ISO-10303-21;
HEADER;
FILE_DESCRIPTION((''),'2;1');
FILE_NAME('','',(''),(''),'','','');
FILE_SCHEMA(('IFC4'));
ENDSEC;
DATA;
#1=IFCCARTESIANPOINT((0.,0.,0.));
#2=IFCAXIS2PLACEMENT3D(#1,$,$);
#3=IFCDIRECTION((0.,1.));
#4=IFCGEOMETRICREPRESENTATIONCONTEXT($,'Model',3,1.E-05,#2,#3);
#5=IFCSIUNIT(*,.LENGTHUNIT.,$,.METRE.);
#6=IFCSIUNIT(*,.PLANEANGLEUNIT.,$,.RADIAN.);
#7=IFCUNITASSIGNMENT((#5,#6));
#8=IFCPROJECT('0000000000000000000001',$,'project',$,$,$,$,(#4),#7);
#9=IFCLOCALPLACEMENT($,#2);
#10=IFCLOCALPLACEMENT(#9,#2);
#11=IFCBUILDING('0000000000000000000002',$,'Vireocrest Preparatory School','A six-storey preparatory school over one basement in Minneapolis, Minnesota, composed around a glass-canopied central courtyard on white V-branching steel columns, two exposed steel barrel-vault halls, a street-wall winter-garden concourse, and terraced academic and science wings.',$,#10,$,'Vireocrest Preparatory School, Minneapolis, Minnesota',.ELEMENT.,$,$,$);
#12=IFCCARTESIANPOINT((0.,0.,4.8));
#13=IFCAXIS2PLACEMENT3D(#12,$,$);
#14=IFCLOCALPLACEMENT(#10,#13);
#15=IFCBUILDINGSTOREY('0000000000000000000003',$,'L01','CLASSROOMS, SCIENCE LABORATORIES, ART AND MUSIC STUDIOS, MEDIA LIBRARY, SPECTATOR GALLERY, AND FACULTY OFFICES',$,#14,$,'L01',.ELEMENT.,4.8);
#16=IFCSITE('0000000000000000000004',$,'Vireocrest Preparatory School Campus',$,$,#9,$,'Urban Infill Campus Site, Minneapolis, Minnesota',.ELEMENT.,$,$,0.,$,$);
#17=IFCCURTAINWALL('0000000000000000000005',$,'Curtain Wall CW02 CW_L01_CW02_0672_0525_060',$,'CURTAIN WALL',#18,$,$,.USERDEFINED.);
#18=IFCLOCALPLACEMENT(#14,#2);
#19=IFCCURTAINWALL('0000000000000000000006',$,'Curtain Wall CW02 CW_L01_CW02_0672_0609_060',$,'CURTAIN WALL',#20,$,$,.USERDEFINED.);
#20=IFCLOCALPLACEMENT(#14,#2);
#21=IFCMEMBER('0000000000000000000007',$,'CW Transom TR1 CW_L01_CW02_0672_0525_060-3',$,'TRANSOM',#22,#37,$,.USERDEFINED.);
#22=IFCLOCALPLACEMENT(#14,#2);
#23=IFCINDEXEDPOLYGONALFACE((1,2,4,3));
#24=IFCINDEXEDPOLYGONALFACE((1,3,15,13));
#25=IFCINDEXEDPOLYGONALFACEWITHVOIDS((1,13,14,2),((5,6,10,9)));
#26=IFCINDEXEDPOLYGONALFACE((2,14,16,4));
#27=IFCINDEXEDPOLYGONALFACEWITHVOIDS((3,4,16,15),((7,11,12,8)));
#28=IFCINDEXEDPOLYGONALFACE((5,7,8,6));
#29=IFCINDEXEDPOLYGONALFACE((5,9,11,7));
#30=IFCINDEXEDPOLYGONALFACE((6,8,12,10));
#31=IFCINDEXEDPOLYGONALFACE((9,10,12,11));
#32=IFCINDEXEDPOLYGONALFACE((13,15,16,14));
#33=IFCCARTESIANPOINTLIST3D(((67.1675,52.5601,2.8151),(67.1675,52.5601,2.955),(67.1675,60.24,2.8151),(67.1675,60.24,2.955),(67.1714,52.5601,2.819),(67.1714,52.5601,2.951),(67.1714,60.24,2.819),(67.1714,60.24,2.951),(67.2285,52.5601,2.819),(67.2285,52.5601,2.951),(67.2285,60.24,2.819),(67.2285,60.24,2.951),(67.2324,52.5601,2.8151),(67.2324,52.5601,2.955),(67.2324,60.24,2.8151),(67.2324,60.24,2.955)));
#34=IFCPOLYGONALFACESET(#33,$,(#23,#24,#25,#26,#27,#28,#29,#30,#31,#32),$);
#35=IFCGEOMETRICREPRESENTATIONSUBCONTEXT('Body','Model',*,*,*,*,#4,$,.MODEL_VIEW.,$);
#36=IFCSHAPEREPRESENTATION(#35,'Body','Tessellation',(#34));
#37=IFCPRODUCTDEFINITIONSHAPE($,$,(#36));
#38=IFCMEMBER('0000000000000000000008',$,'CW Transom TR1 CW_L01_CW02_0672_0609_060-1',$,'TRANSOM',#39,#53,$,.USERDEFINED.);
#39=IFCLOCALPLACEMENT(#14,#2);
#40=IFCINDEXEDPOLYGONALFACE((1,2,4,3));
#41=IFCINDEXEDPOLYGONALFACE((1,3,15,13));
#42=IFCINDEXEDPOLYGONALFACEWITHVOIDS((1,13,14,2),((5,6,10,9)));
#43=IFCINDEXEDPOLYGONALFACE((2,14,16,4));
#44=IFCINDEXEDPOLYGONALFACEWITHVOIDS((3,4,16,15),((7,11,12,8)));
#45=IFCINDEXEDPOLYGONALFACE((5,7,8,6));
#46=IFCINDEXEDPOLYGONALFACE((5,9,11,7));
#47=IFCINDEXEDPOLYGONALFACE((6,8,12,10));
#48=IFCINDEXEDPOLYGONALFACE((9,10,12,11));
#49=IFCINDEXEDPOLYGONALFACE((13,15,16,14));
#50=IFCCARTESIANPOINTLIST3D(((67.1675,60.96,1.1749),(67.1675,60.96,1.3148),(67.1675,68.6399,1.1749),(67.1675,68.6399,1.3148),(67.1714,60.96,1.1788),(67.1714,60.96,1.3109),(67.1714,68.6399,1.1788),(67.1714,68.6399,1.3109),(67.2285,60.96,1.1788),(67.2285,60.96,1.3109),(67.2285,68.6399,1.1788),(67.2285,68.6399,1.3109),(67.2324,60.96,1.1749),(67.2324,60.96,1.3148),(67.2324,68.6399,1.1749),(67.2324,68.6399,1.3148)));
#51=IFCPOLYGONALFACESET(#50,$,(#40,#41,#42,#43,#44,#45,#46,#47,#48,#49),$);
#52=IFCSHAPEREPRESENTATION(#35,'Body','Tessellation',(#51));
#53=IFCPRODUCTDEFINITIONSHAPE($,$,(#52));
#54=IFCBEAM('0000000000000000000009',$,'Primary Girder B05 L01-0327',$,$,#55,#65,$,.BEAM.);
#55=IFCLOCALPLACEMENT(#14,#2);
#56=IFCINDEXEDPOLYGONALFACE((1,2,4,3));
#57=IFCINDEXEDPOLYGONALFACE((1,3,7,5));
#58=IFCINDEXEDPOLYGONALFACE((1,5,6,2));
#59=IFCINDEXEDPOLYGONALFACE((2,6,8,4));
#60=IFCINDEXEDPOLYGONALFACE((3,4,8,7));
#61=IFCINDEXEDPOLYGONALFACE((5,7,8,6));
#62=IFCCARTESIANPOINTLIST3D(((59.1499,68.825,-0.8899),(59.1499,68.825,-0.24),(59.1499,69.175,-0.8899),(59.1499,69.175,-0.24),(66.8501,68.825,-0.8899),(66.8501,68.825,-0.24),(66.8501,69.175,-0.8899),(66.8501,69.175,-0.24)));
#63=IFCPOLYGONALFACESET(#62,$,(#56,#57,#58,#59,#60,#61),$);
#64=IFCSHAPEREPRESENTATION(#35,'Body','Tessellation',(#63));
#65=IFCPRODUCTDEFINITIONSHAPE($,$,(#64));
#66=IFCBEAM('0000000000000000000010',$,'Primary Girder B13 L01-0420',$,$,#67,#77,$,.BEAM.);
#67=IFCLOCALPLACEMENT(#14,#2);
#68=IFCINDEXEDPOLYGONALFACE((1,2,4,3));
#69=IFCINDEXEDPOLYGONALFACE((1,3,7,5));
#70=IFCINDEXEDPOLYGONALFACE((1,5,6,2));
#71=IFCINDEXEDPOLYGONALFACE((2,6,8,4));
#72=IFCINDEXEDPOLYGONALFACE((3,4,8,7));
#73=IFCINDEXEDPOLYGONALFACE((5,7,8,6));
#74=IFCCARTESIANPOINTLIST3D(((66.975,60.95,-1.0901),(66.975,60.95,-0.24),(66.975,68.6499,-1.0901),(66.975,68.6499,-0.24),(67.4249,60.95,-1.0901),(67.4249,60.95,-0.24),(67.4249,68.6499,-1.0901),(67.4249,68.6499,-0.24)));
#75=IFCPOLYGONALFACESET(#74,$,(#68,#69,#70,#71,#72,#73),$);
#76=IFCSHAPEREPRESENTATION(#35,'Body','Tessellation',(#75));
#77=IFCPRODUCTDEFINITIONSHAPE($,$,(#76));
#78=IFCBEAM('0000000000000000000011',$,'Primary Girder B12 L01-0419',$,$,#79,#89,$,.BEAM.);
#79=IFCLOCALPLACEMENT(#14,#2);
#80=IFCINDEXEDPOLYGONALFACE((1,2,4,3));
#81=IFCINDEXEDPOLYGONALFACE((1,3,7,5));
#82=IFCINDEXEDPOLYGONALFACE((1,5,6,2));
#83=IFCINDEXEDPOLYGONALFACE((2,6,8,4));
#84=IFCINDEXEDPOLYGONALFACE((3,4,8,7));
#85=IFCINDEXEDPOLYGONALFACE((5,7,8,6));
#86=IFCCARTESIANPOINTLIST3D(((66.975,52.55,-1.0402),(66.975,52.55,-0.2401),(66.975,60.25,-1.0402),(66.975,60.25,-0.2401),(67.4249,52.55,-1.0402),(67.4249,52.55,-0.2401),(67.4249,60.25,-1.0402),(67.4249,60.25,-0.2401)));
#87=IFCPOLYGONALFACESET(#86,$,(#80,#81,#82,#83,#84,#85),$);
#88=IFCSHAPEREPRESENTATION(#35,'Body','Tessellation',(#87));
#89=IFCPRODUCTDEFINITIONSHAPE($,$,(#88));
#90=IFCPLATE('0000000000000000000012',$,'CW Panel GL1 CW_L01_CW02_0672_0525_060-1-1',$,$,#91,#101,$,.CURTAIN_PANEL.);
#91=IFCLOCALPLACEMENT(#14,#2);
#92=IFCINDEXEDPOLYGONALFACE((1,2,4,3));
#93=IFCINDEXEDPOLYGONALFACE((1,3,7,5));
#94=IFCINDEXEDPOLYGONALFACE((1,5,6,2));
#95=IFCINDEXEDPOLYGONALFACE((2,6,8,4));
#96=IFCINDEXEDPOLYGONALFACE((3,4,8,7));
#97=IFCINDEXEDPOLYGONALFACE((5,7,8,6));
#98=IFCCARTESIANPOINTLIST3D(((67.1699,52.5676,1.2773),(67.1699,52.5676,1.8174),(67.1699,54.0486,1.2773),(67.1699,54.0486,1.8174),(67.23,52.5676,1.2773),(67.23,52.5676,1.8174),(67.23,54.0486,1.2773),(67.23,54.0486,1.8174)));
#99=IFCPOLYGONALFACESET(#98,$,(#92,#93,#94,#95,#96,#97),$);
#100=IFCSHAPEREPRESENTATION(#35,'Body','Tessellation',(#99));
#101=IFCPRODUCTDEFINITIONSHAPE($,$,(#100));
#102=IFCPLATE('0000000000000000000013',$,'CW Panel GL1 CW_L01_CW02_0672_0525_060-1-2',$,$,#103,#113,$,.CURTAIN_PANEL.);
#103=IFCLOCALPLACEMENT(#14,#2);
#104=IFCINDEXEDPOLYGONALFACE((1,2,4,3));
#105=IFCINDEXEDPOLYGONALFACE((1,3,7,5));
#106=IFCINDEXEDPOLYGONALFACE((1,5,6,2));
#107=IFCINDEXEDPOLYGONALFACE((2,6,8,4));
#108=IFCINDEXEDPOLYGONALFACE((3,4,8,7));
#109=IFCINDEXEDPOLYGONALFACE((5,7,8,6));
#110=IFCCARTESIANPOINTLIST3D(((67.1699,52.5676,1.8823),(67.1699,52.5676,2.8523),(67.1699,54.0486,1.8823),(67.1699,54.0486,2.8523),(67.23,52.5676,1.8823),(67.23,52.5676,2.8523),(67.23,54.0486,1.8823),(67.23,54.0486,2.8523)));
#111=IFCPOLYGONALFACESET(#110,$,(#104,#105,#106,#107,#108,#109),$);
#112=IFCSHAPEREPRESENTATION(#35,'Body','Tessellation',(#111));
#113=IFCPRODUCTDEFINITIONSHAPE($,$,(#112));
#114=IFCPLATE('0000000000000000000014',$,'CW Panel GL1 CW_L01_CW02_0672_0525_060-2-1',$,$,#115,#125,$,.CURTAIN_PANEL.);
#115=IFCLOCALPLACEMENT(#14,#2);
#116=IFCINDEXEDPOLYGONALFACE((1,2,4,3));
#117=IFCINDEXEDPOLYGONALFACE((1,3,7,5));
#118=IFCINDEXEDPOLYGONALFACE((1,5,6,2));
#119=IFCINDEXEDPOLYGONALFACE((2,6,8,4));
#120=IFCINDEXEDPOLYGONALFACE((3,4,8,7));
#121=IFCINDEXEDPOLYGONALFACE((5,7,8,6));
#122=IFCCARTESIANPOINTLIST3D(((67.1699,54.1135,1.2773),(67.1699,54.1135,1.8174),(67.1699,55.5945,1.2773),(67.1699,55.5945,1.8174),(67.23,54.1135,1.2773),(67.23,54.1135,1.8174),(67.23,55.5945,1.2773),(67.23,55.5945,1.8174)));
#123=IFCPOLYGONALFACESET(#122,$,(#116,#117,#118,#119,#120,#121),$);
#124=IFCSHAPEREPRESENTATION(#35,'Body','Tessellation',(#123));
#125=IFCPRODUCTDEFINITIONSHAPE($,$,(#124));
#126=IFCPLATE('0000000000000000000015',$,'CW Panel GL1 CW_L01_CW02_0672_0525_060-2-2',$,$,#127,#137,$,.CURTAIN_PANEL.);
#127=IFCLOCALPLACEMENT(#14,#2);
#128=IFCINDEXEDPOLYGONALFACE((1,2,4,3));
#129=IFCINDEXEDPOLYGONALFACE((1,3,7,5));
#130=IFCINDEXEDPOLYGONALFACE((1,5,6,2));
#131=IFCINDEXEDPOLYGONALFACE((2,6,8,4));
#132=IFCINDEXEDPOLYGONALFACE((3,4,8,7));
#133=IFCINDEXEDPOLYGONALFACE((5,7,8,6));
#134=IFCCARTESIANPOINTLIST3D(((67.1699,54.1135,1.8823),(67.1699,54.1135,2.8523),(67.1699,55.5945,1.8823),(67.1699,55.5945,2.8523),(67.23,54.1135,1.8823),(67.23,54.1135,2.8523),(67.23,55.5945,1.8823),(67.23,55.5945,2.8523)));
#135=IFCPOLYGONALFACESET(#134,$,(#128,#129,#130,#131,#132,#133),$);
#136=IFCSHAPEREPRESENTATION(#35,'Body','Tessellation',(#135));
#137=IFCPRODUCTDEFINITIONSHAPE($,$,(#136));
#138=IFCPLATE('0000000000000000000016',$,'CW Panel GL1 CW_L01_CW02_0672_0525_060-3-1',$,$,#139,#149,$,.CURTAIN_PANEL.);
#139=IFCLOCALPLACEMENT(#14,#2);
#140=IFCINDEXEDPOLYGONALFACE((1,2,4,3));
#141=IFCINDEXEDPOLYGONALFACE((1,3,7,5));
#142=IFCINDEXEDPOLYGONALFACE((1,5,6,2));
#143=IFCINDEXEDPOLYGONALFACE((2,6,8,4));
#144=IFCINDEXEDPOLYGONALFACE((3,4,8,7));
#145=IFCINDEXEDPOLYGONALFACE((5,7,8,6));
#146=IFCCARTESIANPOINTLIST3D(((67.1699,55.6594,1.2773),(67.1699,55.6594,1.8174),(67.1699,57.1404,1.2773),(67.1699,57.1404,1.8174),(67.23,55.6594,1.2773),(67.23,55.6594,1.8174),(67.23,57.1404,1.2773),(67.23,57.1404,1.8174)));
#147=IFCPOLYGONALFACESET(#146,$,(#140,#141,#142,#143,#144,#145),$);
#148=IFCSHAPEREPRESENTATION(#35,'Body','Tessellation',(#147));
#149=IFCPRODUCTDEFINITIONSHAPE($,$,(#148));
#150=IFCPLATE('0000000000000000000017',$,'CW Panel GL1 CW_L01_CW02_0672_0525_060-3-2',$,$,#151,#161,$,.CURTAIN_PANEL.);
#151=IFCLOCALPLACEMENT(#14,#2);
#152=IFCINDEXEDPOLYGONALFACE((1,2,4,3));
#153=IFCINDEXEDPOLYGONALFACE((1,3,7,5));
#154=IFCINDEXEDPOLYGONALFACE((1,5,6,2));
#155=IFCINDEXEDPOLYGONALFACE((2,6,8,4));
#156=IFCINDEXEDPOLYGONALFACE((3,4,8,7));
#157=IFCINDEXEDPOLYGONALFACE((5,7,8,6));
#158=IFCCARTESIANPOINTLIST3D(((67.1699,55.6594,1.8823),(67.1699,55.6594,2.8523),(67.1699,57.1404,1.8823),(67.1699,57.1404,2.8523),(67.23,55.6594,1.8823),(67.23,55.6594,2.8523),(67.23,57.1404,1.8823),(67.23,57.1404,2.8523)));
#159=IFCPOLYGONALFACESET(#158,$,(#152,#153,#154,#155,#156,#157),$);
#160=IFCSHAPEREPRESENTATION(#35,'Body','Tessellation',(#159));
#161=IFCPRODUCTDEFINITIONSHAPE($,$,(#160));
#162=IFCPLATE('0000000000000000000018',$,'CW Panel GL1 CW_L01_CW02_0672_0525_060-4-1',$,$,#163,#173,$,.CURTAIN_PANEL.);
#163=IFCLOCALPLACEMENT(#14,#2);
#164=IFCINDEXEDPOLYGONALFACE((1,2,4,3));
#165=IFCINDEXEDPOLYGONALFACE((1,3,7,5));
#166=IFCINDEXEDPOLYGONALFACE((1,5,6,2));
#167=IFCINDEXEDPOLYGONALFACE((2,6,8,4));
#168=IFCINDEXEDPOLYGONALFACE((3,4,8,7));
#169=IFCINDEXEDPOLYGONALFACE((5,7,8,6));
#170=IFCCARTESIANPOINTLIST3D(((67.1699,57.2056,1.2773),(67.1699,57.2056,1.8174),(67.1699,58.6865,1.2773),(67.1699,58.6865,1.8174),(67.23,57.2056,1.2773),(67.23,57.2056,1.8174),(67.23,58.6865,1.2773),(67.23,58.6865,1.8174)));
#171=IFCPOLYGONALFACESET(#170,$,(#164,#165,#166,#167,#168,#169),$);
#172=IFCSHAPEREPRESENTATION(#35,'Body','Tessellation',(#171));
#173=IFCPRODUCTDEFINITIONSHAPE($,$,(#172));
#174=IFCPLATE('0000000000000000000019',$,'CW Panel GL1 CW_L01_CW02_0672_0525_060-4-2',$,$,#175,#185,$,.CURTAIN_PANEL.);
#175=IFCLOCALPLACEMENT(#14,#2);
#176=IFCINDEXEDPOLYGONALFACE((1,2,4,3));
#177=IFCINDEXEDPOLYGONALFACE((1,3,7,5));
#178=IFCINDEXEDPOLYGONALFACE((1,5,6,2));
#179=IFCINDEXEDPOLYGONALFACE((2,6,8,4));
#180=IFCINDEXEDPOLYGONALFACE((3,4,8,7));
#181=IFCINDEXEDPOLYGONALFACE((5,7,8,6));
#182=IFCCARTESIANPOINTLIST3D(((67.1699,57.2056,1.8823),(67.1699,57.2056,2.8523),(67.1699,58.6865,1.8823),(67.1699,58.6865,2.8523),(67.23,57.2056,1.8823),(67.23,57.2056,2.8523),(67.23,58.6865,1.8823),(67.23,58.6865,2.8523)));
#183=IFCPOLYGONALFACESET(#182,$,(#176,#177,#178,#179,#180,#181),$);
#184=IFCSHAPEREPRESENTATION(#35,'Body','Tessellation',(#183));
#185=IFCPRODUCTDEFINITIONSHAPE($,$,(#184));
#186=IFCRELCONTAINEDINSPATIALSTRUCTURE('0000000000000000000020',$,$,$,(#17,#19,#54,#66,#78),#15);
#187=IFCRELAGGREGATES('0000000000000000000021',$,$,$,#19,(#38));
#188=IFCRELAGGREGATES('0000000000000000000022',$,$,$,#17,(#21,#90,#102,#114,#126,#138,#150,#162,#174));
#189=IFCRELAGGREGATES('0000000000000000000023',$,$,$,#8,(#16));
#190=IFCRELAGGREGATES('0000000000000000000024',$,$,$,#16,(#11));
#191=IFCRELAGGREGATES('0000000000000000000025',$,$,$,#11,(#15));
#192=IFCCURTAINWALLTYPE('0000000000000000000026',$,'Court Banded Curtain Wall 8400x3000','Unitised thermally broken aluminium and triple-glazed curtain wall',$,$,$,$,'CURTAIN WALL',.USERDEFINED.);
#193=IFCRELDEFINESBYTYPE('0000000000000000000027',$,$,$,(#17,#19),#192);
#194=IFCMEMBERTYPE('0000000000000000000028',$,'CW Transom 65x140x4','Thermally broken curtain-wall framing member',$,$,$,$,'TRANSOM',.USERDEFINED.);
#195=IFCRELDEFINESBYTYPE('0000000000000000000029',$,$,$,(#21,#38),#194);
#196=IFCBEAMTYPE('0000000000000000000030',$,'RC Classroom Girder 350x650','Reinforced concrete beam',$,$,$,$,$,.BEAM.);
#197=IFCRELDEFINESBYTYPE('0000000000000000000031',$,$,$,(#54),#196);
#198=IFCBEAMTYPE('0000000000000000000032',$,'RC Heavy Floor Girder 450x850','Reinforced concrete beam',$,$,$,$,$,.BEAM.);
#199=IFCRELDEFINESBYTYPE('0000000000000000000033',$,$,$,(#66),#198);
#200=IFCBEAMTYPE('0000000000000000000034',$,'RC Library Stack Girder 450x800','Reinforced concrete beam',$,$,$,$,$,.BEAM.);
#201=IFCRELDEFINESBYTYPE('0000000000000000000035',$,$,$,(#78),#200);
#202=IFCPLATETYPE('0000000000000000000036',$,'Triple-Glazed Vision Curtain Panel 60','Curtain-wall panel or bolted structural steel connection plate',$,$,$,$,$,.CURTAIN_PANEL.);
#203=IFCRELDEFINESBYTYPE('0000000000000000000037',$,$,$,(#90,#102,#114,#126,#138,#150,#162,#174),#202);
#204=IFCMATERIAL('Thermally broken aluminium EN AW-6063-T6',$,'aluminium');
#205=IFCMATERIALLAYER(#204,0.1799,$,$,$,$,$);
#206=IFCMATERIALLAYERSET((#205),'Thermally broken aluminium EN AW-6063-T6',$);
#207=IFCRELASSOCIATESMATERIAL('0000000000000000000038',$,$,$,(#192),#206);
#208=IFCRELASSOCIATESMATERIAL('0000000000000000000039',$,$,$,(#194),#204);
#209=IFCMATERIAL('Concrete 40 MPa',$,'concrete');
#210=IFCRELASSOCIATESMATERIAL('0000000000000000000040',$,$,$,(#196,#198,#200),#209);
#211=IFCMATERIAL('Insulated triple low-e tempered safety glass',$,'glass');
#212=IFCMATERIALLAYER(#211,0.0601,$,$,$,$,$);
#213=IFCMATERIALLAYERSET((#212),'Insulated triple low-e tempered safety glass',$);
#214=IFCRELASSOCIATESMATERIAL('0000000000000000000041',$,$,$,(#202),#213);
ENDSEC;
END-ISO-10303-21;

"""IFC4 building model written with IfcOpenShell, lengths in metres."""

from ifc_helpers import new_model, si_unit, direction, frame, origin, origin_2d, place, context, subcontext, project, spatial, rectangle, hollow_rectangle, extrude, material, layer, layer_set, material_profile, profile_set, type_object, element, aggregate, save


model = new_model("IFC4")

# Units and contexts
model_context = context("Model", 3, precision=1e-05, world=origin(), true_north=direction((0.0, 1.0)))
body_context = subcontext(model_context, "Body", "Model", "MODEL_VIEW")
ifc_project = project(units=[si_unit("LENGTHUNIT", "METRE"), si_unit("PLANEANGLEUNIT", "RADIAN")], contexts=[model_context])

# Site, building, storey
site_placement = place(None, origin())
site = spatial("IfcSite", under=ifc_project, at=site_placement, Name="Vireocrest Preparatory School Campus", LongName="Urban Infill Campus Site, Minneapolis, Minnesota", CompositionType="ELEMENT", RefElevation=0.0)
building_placement = place(site_placement, origin())
building = spatial("IfcBuilding", under=site, at=building_placement, Name="Vireocrest Preparatory School", Description="A six-storey preparatory school over one basement in Minneapolis, Minnesota, composed around a glass-canopied central courtyard on white V-branching steel columns, two exposed steel barrel-vault halls, a street-wall winter-garden concourse, and terraced academic and science wings.", LongName="Vireocrest Preparatory School, Minneapolis, Minnesota", CompositionType="ELEMENT")
storey_placement = place(building_placement, frame((0.0, 0.0, 4.8)))
storey = spatial("IfcBuildingStorey", under=building, at=storey_placement, Name="L01", Description="CLASSROOMS, SCIENCE LABORATORIES, ART AND MUSIC STUDIOS, MEDIA LIBRARY, SPECTATOR GALLERY, AND FACULTY OFFICES", LongName="L01", CompositionType="ELEMENT", Elevation=4.8)

# Curtain wall
ifc_material_1 = material(Name="Thermally broken aluminium EN AW-6063-T6", Category="aluminium")
ifc_layer_1 = layer(ifc_material_1, 0.1799)
ifc_layer_set_1 = layer_set([ifc_layer_1], Name="Thermally broken aluminium EN AW-6063-T6")
curtain_wall_type = type_object("IfcCurtainWallType", Name="Court Banded Curtain Wall 8400x3000", Description="Unitised thermally broken aluminium and triple-glazed curtain wall", ElementType="CURTAIN WALL", PredefinedType="USERDEFINED", material=ifc_layer_set_1)
curtain_wall_1_placement = place(storey_placement, origin())
curtain_wall_1 = element("IfcCurtainWall", 1, at=curtain_wall_1_placement, inside=storey, type_object=curtain_wall_type, Name="Curtain Wall CW02 CW_L01_CW02_0672_0525_060", ObjectType="CURTAIN WALL", PredefinedType="USERDEFINED")

# Curtain wall
curtain_wall_2_placement = place(storey_placement, origin())
curtain_wall_2 = element("IfcCurtainWall", 2, at=curtain_wall_2_placement, inside=storey, type_object=curtain_wall_type, Name="Curtain Wall CW02 CW_L01_CW02_0672_0609_060", ObjectType="CURTAIN WALL", PredefinedType="USERDEFINED")

# Members
ifc_material_profile_1 = material_profile(ifc_material_1, hollow_rectangle(XDim=0.0649, YDim=0.1399, WallThickness=0.0039, at=origin_2d()), Name="ALU 65x140x4")
ifc_profile_set_1 = profile_set([ifc_material_profile_1], Name="Thermally broken aluminium EN AW-6063-T6")
member_type_1 = type_object("IfcMemberType", Name="CW Transom 65x140x4", Description="Thermally broken curtain-wall framing member", ElementType="TRANSOM", PredefinedType="USERDEFINED", material=ifc_profile_set_1)
member_1_placement = place(storey_placement, frame((67.2, 52.5601, 2.885), z_axis=(0.0, 1.0, 0.0), x_axis=(-1.0, 0.0, 0.0)))
member_1 = element("IfcMember", 3, at=member_1_placement, type_object=member_type_1, Name="CW Transom TR1 CW_L01_CW02_0672_0525_060-3", ObjectType="TRANSOM", PredefinedType="USERDEFINED", context=body_context, shape_type="SweptSolid", body=[
    extrude(hollow_rectangle(XDim=0.0649, YDim=0.1399, WallThickness=0.0039, at=origin_2d()), origin(), (0.0, 0.0, 1.0), 7.6799),
])
member_2_placement = place(storey_placement, frame((67.2, 60.96, 1.2449), z_axis=(0.0, 1.0, 0.0), x_axis=(-1.0, 0.0, 0.0)))
member_2 = element("IfcMember", 4, at=member_2_placement, type_object=member_type_1, Name="CW Transom TR1 CW_L01_CW02_0672_0609_060-1", ObjectType="TRANSOM", PredefinedType="USERDEFINED", context=body_context, shape_type="SweptSolid", body=[
    extrude(hollow_rectangle(XDim=0.0649, YDim=0.1399, WallThickness=0.0039, at=origin_2d()), origin(), (0.0, 0.0, 1.0), 7.6799),
])
aggregate(curtain_wall_2, [member_2])

# Beams
ifc_material_2 = material(Name="Concrete 40 MPa", Category="concrete")
ifc_material_profile_2 = material_profile(ifc_material_2, rectangle(XDim=0.3501, YDim=0.6499, at=origin_2d()), Name="RC 350x650")
ifc_profile_set_2 = profile_set([ifc_material_profile_2], Name="Concrete 40 MPa")
beam_type_1 = type_object("IfcBeamType", Name="RC Classroom Girder 350x650", Description="Reinforced concrete beam", PredefinedType="BEAM", material=ifc_profile_set_2)
beam_1_placement = place(storey_placement, frame((59.1499, 69.0, -0.5649), z_axis=(1.0, 0.0, 0.0), x_axis=(0.0, 1.0, 0.0)))
element("IfcBeam", 5, at=beam_1_placement, inside=storey, type_object=beam_type_1, Name="Primary Girder B05 L01-0327", PredefinedType="BEAM", context=body_context, shape_type="SweptSolid", body=[
    extrude(rectangle(XDim=0.3501, YDim=0.6499, at=origin_2d()), origin(), (0.0, 0.0, 1.0), 7.7002),
])
ifc_material_profile_3 = material_profile(ifc_material_2, rectangle(XDim=0.45, YDim=0.8501, at=origin_2d()), Name="RC 450x850")
ifc_profile_set_3 = profile_set([ifc_material_profile_3], Name="Concrete 40 MPa")
beam_type_2 = type_object("IfcBeamType", Name="RC Heavy Floor Girder 450x850", Description="Reinforced concrete beam", PredefinedType="BEAM", material=ifc_profile_set_3)
beam_2_placement = place(storey_placement, frame((67.2, 60.95, -0.665), z_axis=(0.0, 1.0, 0.0), x_axis=(-1.0, 0.0, 0.0)))
element("IfcBeam", 6, at=beam_2_placement, inside=storey, type_object=beam_type_2, Name="Primary Girder B13 L01-0420", PredefinedType="BEAM", context=body_context, shape_type="SweptSolid", body=[
    extrude(rectangle(XDim=0.45, YDim=0.8501, at=origin_2d()), origin(), (0.0, 0.0, 1.0), 7.7),
])
ifc_material_profile_4 = material_profile(ifc_material_2, rectangle(XDim=0.45, YDim=0.8, at=origin_2d()), Name="RC 450x800")
ifc_profile_set_4 = profile_set([ifc_material_profile_4], Name="Concrete 40 MPa")
beam_type_3 = type_object("IfcBeamType", Name="RC Library Stack Girder 450x800", Description="Reinforced concrete beam", PredefinedType="BEAM", material=ifc_profile_set_4)
beam_3_placement = place(storey_placement, frame((67.2, 52.55, -0.6401), z_axis=(0.0, 1.0, 0.0), x_axis=(-1.0, 0.0, 0.0)))
element("IfcBeam", 7, at=beam_3_placement, inside=storey, type_object=beam_type_3, Name="Primary Girder B12 L01-0419", PredefinedType="BEAM", context=body_context, shape_type="SweptSolid", body=[
    extrude(rectangle(XDim=0.45, YDim=0.8, at=origin_2d()), origin(), (0.0, 0.0, 1.0), 7.7),
])

# Plates
ifc_material_3 = material(Name="Insulated triple low-e tempered safety glass", Category="glass")
ifc_layer_2 = layer(ifc_material_3, 0.0601)
ifc_layer_set_2 = layer_set([ifc_layer_2], Name="Insulated triple low-e tempered safety glass")
plate_type = type_object("IfcPlateType", Name="Triple-Glazed Vision Curtain Panel 60", Description="Curtain-wall panel or bolted structural steel connection plate", PredefinedType="CURTAIN_PANEL", material=ifc_layer_set_2)
plate_1_placement = place(storey_placement, frame((67.2, 53.3081, 1.2773), z_axis=(0.0, 0.0, 1.0), x_axis=(0.0, 1.0, 0.0)))
plate_1 = element("IfcPlate", 8, at=plate_1_placement, type_object=plate_type, Name="CW Panel GL1 CW_L01_CW02_0672_0525_060-1-1", PredefinedType="CURTAIN_PANEL", context=body_context, shape_type="SweptSolid", body=[
    extrude(rectangle(XDim=1.481, YDim=0.0601, at=origin_2d()), origin(), (0.0, 0.0, 1.0), 0.54),
])
plate_2_placement = place(storey_placement, frame((67.2, 53.3081, 1.8823), z_axis=(0.0, 0.0, 1.0), x_axis=(0.0, 1.0, 0.0)))
plate_2 = element("IfcPlate", 9, at=plate_2_placement, type_object=plate_type, Name="CW Panel GL1 CW_L01_CW02_0672_0525_060-1-2", PredefinedType="CURTAIN_PANEL", context=body_context, shape_type="SweptSolid", body=[
    extrude(rectangle(XDim=1.481, YDim=0.0601, at=origin_2d()), origin(), (0.0, 0.0, 1.0), 0.97),
])
plate_3_placement = place(storey_placement, frame((67.2, 54.854, 1.2773), z_axis=(0.0, 0.0, 1.0), x_axis=(0.0, 1.0, 0.0)))
plate_3 = element("IfcPlate", 10, at=plate_3_placement, type_object=plate_type, Name="CW Panel GL1 CW_L01_CW02_0672_0525_060-2-1", PredefinedType="CURTAIN_PANEL", context=body_context, shape_type="SweptSolid", body=[
    extrude(rectangle(XDim=1.481, YDim=0.0601, at=origin_2d()), origin(), (0.0, 0.0, 1.0), 0.54),
])
plate_4_placement = place(storey_placement, frame((67.2, 54.854, 1.8823), z_axis=(0.0, 0.0, 1.0), x_axis=(0.0, 1.0, 0.0)))
plate_4 = element("IfcPlate", 11, at=plate_4_placement, type_object=plate_type, Name="CW Panel GL1 CW_L01_CW02_0672_0525_060-2-2", PredefinedType="CURTAIN_PANEL", context=body_context, shape_type="SweptSolid", body=[
    extrude(rectangle(XDim=1.481, YDim=0.0601, at=origin_2d()), origin(), (0.0, 0.0, 1.0), 0.97),
])
plate_5_placement = place(storey_placement, frame((67.2, 56.3999, 1.2773), z_axis=(0.0, 0.0, 1.0), x_axis=(0.0, 1.0, 0.0)))
plate_5 = element("IfcPlate", 12, at=plate_5_placement, type_object=plate_type, Name="CW Panel GL1 CW_L01_CW02_0672_0525_060-3-1", PredefinedType="CURTAIN_PANEL", context=body_context, shape_type="SweptSolid", body=[
    extrude(rectangle(XDim=1.481, YDim=0.0601, at=origin_2d()), origin(), (0.0, 0.0, 1.0), 0.54),
])
plate_6_placement = place(storey_placement, frame((67.2, 56.3999, 1.8823), z_axis=(0.0, 0.0, 1.0), x_axis=(0.0, 1.0, 0.0)))
plate_6 = element("IfcPlate", 13, at=plate_6_placement, type_object=plate_type, Name="CW Panel GL1 CW_L01_CW02_0672_0525_060-3-2", PredefinedType="CURTAIN_PANEL", context=body_context, shape_type="SweptSolid", body=[
    extrude(rectangle(XDim=1.481, YDim=0.0601, at=origin_2d()), origin(), (0.0, 0.0, 1.0), 0.97),
])
plate_7_placement = place(storey_placement, frame((67.2, 57.946, 1.2773), z_axis=(0.0, 0.0, 1.0), x_axis=(0.0, 1.0, 0.0)))
plate_7 = element("IfcPlate", 14, at=plate_7_placement, type_object=plate_type, Name="CW Panel GL1 CW_L01_CW02_0672_0525_060-4-1", PredefinedType="CURTAIN_PANEL", context=body_context, shape_type="SweptSolid", body=[
    extrude(rectangle(XDim=1.481, YDim=0.0601, at=origin_2d()), origin(), (0.0, 0.0, 1.0), 0.54),
])
plate_8_placement = place(storey_placement, frame((67.2, 57.946, 1.8823), z_axis=(0.0, 0.0, 1.0), x_axis=(0.0, 1.0, 0.0)))
plate_8 = element("IfcPlate", 15, at=plate_8_placement, type_object=plate_type, Name="CW Panel GL1 CW_L01_CW02_0672_0525_060-4-2", PredefinedType="CURTAIN_PANEL", context=body_context, shape_type="SweptSolid", body=[
    extrude(rectangle(XDim=1.481, YDim=0.0601, at=origin_2d()), origin(), (0.0, 0.0, 1.0), 0.97),
])
aggregate(curtain_wall_1, [member_1, plate_1, plate_2, plate_3, plate_4, plate_5, plate_6, plate_7, plate_8])

save(model, "model.ifc")
